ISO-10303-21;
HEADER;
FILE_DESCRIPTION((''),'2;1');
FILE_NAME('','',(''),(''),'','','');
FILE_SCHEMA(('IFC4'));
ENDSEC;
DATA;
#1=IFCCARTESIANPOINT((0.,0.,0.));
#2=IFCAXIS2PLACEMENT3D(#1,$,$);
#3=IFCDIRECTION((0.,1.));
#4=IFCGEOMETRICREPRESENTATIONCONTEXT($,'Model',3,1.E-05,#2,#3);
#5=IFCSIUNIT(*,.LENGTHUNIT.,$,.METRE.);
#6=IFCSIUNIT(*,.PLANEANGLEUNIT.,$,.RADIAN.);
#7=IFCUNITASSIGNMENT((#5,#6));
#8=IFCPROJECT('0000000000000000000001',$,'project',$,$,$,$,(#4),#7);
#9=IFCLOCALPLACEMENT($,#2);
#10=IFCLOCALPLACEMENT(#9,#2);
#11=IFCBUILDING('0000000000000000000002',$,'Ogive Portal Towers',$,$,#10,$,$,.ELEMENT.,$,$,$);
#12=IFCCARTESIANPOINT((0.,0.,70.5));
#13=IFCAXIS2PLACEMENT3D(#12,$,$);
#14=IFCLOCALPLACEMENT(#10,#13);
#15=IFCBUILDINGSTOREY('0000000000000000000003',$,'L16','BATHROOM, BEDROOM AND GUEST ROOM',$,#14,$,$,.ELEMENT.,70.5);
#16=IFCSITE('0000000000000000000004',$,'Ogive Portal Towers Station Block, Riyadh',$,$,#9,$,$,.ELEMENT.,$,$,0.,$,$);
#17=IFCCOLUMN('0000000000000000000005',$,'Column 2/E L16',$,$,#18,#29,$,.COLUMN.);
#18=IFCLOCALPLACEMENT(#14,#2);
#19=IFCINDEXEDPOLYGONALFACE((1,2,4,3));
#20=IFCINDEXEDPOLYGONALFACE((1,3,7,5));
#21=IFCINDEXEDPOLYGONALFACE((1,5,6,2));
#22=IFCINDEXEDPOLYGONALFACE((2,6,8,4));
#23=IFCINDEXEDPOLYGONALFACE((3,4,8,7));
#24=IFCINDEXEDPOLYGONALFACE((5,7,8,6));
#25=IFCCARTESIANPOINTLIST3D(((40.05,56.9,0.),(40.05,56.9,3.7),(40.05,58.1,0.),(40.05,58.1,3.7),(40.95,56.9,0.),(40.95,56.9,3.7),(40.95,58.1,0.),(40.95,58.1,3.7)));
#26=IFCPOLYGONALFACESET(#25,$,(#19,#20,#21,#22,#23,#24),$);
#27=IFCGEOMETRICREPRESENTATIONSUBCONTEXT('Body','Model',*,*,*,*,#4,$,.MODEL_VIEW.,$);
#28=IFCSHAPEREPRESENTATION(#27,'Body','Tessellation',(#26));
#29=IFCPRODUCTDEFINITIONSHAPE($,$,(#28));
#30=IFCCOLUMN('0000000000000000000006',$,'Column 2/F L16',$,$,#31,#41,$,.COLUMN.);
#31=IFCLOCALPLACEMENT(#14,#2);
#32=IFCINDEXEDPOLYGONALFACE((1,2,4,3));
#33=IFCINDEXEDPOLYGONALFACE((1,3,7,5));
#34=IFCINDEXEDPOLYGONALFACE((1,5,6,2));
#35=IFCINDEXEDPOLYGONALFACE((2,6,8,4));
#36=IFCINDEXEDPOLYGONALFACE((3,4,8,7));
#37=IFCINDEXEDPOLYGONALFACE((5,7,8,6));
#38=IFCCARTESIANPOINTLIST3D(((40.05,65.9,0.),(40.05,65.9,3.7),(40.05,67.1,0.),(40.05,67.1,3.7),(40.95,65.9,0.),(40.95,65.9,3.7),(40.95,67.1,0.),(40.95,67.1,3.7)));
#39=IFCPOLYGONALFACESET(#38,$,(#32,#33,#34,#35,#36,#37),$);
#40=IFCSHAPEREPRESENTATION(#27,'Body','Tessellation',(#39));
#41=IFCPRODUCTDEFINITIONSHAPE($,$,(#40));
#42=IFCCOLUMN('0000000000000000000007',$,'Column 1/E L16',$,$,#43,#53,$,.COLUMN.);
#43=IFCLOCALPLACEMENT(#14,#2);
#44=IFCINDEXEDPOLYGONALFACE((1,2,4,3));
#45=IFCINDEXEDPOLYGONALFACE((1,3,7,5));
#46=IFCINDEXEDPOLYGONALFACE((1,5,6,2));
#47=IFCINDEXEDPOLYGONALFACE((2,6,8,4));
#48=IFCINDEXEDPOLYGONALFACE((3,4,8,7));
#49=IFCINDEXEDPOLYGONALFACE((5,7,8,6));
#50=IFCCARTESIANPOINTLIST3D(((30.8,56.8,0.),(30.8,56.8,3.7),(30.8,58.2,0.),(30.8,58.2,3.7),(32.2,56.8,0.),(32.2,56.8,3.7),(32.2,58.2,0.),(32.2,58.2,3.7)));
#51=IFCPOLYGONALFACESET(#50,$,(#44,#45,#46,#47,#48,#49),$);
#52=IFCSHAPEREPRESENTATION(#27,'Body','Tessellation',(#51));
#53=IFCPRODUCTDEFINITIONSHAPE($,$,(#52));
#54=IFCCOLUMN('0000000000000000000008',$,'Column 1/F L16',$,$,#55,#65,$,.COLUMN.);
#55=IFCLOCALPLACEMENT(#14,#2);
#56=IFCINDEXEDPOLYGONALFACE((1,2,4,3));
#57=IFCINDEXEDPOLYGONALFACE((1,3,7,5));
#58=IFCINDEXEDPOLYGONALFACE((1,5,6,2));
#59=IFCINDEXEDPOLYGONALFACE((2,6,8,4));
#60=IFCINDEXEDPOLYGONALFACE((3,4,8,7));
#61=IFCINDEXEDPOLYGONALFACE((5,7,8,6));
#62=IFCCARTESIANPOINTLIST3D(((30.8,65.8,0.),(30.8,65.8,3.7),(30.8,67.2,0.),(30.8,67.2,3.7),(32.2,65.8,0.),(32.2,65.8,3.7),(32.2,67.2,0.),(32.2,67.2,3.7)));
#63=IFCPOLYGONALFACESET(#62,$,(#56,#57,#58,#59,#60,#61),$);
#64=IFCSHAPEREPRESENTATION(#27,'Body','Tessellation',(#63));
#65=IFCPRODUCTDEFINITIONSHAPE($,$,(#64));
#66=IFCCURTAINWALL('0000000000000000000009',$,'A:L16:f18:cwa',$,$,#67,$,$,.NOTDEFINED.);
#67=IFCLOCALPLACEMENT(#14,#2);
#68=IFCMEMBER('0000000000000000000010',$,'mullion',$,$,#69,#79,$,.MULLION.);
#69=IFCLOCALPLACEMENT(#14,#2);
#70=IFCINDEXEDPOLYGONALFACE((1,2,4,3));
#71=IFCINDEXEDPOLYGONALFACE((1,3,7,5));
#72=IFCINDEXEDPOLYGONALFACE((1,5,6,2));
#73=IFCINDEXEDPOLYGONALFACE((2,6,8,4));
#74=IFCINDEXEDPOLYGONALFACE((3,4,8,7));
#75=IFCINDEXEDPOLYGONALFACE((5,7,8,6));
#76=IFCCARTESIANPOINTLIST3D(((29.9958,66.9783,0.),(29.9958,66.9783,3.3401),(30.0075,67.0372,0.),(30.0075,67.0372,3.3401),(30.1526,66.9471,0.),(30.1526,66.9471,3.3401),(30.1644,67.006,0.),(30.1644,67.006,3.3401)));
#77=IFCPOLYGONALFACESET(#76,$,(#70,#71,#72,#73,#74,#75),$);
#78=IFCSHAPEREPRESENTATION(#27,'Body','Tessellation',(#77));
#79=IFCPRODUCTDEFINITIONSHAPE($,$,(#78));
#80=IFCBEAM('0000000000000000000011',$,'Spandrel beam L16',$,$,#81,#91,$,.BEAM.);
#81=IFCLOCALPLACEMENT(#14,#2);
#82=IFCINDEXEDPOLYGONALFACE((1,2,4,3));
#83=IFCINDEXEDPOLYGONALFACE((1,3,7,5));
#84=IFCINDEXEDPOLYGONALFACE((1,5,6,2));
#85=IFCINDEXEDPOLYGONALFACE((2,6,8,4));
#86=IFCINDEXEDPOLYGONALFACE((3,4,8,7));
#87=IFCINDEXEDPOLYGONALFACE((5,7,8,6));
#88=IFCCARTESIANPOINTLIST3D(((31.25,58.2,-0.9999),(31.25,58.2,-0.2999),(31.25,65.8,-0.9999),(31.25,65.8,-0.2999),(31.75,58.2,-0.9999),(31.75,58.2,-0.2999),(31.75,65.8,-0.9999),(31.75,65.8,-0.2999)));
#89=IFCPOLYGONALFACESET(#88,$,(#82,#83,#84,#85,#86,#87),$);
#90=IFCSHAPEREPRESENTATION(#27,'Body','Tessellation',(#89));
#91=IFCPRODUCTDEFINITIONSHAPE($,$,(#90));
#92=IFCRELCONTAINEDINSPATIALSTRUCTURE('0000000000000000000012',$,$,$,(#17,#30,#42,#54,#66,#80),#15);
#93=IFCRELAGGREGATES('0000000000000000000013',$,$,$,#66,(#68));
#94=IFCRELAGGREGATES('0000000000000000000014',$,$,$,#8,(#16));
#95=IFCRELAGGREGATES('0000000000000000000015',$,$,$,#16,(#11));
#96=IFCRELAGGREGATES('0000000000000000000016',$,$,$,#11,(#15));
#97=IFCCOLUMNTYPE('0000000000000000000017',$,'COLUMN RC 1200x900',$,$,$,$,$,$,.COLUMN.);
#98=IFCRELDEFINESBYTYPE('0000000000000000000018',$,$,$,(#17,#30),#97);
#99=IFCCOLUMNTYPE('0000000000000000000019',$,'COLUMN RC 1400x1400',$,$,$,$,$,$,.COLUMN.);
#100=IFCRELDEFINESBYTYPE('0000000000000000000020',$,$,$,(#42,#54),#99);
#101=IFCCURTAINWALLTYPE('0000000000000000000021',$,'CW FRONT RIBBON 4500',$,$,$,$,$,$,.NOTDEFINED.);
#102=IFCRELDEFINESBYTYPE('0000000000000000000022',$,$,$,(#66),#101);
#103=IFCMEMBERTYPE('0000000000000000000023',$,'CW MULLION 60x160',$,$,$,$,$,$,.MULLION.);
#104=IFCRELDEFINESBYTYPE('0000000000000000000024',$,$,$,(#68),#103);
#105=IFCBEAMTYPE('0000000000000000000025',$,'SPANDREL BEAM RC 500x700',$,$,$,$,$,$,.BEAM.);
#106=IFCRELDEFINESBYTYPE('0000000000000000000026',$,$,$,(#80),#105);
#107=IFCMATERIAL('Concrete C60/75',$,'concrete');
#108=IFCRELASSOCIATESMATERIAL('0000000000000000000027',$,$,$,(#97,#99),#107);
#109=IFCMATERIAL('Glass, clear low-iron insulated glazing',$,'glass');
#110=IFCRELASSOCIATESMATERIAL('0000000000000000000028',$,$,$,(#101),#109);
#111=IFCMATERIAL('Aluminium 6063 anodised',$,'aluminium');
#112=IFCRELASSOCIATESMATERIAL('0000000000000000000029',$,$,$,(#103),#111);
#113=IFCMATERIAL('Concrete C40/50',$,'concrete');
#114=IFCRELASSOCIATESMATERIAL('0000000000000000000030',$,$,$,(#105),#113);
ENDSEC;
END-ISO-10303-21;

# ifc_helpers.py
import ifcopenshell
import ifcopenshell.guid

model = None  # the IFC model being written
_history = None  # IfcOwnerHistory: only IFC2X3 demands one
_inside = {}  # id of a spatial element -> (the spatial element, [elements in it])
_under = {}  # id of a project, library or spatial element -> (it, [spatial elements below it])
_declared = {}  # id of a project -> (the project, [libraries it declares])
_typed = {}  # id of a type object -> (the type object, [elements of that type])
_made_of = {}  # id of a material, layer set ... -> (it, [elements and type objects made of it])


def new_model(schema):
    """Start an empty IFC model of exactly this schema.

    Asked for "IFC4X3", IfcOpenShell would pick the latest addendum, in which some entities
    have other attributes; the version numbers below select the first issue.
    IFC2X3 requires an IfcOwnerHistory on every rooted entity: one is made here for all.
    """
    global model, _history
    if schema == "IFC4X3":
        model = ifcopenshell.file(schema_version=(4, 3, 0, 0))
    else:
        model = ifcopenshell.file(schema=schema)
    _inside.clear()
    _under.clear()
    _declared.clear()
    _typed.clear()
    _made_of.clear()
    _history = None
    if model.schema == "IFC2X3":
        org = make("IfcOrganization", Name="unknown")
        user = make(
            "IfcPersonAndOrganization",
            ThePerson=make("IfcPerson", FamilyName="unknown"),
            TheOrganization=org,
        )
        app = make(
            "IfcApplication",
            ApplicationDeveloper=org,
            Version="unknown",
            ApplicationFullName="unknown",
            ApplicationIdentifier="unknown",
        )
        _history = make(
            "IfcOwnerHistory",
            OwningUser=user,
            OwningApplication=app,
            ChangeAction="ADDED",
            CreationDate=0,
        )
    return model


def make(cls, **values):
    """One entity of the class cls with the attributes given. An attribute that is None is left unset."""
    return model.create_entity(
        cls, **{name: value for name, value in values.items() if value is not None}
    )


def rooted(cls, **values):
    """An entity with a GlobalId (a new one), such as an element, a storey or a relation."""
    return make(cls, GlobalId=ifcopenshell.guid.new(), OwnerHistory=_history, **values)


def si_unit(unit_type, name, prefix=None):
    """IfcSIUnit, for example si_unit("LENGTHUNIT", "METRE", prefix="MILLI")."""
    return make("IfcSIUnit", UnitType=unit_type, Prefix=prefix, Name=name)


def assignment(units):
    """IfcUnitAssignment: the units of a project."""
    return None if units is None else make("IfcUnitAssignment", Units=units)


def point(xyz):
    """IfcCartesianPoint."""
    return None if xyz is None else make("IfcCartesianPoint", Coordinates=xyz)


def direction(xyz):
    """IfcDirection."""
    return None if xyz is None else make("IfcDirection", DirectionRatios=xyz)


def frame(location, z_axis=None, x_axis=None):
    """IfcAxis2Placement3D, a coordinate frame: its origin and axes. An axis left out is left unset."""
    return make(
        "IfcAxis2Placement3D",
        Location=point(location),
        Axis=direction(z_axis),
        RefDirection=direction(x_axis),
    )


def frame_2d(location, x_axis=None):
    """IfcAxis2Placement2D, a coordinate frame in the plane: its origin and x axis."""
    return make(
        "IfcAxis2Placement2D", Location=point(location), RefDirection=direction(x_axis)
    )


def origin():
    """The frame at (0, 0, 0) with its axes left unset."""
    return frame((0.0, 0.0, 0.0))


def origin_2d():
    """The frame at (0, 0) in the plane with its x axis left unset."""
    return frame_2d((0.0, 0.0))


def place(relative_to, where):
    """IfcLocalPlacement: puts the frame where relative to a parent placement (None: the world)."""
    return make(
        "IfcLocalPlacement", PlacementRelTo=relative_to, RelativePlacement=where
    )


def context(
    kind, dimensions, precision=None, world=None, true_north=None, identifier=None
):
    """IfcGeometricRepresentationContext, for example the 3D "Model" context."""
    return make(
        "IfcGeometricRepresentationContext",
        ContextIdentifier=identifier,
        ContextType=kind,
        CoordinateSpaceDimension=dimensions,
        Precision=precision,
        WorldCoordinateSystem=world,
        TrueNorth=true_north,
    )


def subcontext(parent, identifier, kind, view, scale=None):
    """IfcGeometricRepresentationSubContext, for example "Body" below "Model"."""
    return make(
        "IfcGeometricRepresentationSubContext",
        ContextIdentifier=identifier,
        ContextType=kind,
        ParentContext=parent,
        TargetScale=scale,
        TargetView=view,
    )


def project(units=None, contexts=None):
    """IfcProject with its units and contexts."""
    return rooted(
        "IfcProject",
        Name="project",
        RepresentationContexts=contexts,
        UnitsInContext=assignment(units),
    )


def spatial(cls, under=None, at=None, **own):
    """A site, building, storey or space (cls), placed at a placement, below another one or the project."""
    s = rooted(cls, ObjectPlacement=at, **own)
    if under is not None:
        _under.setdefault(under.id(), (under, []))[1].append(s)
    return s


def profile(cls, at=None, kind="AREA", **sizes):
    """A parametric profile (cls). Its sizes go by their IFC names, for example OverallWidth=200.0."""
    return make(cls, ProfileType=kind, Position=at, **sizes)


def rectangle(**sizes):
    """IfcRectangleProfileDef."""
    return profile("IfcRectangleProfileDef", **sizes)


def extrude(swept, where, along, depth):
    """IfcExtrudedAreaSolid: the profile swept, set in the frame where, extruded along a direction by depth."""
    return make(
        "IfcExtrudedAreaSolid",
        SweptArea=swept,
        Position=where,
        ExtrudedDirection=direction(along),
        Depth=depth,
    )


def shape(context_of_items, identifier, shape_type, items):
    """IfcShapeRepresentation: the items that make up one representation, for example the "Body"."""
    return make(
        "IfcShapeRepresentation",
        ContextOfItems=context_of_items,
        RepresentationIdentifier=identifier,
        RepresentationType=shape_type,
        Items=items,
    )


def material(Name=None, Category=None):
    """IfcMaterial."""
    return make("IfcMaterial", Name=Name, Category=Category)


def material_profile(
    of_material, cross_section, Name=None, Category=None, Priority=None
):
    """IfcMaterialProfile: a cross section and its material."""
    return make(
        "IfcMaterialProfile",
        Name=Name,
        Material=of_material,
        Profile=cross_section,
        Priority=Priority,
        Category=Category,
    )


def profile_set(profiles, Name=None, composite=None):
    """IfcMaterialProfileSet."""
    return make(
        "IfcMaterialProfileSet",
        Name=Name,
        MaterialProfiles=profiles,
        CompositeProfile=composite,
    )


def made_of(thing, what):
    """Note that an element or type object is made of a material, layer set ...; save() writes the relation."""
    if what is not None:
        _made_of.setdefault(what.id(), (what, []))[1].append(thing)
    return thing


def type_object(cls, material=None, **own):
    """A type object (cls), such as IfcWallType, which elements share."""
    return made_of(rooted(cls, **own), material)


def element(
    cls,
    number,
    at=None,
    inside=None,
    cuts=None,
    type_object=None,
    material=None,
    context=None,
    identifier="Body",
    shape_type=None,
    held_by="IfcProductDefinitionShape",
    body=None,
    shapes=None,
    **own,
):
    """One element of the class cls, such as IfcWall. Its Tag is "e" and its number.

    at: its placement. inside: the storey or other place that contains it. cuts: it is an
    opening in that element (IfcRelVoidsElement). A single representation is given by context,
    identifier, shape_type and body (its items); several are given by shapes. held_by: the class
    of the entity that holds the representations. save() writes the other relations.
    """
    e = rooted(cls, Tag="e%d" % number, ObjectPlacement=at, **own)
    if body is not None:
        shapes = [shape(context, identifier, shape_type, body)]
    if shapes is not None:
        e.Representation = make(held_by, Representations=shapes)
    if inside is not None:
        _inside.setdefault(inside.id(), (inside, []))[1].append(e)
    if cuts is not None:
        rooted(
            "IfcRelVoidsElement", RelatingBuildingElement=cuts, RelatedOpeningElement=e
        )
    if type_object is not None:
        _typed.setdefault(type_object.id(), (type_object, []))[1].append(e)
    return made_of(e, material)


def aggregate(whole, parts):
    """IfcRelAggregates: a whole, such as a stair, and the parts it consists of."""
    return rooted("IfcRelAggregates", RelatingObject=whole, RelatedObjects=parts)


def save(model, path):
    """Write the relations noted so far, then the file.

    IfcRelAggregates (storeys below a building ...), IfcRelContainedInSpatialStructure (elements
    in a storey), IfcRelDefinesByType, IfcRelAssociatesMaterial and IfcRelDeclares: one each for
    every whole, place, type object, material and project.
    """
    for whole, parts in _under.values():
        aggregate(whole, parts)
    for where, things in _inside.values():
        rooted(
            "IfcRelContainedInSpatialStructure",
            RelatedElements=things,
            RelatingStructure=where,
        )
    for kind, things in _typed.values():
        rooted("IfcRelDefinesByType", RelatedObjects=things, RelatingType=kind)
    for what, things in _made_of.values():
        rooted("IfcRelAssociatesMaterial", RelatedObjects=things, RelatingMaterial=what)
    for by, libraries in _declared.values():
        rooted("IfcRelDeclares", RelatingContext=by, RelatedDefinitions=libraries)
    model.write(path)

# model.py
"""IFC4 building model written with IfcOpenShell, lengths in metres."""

from ifc_helpers import new_model, si_unit, direction, frame, origin, origin_2d, place, context, subcontext, project, spatial, rectangle, extrude, material, material_profile, profile_set, type_object, element, aggregate, save


model = new_model("IFC4")

# Units and contexts
model_context = context("Model", 3, precision=1e-05, world=origin(), true_north=direction((0.0, 1.0)))
body_context = subcontext(model_context, "Body", "Model", "MODEL_VIEW")
ifc_project = project(units=[si_unit("LENGTHUNIT", "METRE"), si_unit("PLANEANGLEUNIT", "RADIAN")], contexts=[model_context])

# Site, building, storey
site_placement = place(None, origin())
site = spatial("IfcSite", under=ifc_project, at=site_placement, Name="Ogive Portal Towers Station Block, Riyadh", CompositionType="ELEMENT", RefElevation=0.0)
building_placement = place(site_placement, origin())
building = spatial("IfcBuilding", under=site, at=building_placement, Name="Ogive Portal Towers", CompositionType="ELEMENT")
storey_placement = place(building_placement, frame((0.0, 0.0, 70.5)))
storey = spatial("IfcBuildingStorey", under=building, at=storey_placement, Name="L16", Description="BATHROOM, BEDROOM AND GUEST ROOM", CompositionType="ELEMENT", Elevation=70.5)

# Columns
ifc_material_1 = material(Name="Concrete C60/75", Category="concrete")
ifc_material_profile_1 = material_profile(ifc_material_1, rectangle(XDim=1.2, YDim=0.8999, at=origin_2d()), Name="RC 1200x900")
ifc_profile_set_1 = profile_set([ifc_material_profile_1], Name="Concrete C60/75")
column_type_1 = type_object("IfcColumnType", Name="COLUMN RC 1200x900", PredefinedType="COLUMN", material=ifc_profile_set_1)
for number, where, z_axis, x_axis, name in (
    (1, (40.5, 57.5, 0.0), (0.0, 0.0, 1.0), (0.0, 1.0, 0.0), "Column 2/E L16"),
    (2, (40.5, 66.5, 0.0), (0.0, 0.0, 1.0), (0.0, 1.0, 0.0), "Column 2/F L16"),
):
    element("IfcColumn", number, at=place(storey_placement, frame(where, z_axis=z_axis, x_axis=x_axis)), inside=storey, type_object=column_type_1, Name=name, PredefinedType="COLUMN", context=body_context, shape_type="SweptSolid", body=[
        extrude(rectangle(XDim=1.2, YDim=0.8999, at=origin_2d()), origin(), (0.0, 0.0, 1.0), 3.7),
    ])
ifc_material_profile_2 = material_profile(ifc_material_1, rectangle(XDim=1.3999, YDim=1.3999, at=origin_2d()), Name="RC 1400x1400")
ifc_profile_set_2 = profile_set([ifc_material_profile_2], Name="Concrete C60/75")
column_type_2 = type_object("IfcColumnType", Name="COLUMN RC 1400x1400", PredefinedType="COLUMN", material=ifc_profile_set_2)
for number, where, z_axis, x_axis, name in (
    (3, (31.5, 57.5, 0.0), (0.0, 0.0, 1.0), (1.0, 0.0, 0.0), "Column 1/E L16"),
    (4, (31.5, 66.5, 0.0), (0.0, 0.0, 1.0), (1.0, 0.0, 0.0), "Column 1/F L16"),
):
    element("IfcColumn", number, at=place(storey_placement, frame(where, z_axis=z_axis, x_axis=x_axis)), inside=storey, type_object=column_type_2, Name=name, PredefinedType="COLUMN", context=body_context, shape_type="SweptSolid", body=[
        extrude(rectangle(XDim=1.3999, YDim=1.3999, at=origin_2d()), origin(), (0.0, 0.0, 1.0), 3.7),
    ])

# Curtain wall, member
ifc_material_2 = material(Name="Glass, clear low-iron insulated glazing", Category="glass")
curtain_wall_type = type_object("IfcCurtainWallType", Name="CW FRONT RIBBON 4500", PredefinedType="NOTDEFINED", material=ifc_material_2)
curtain_wall_placement = place(storey_placement, origin())
curtain_wall = element("IfcCurtainWall", 5, at=curtain_wall_placement, inside=storey, type_object=curtain_wall_type, Name="A:L16:f18:cwa", PredefinedType="NOTDEFINED")
ifc_material_3 = material(Name="Aluminium 6063 anodised", Category="aluminium")
ifc_material_profile_3 = material_profile(ifc_material_3, rectangle(XDim=0.1599, YDim=0.0601, at=origin_2d()), Name="AL 60x160")
ifc_profile_set_3 = profile_set([ifc_material_profile_3], Name="Aluminium 6063 anodised")
member_type = type_object("IfcMemberType", Name="CW MULLION 60x160", PredefinedType="MULLION", material=ifc_profile_set_3)
member_placement = place(storey_placement, frame((30.0801, 66.9922, 0.0), z_axis=(0.0, 0.0, 1.0), x_axis=(0.980785, -0.19509, 0.0)))
member = element("IfcMember", 6, at=member_placement, type_object=member_type, Name="mullion", PredefinedType="MULLION", context=body_context, shape_type="SweptSolid", body=[
    extrude(rectangle(XDim=0.1599, YDim=0.0601, at=origin_2d()), origin(), (0.0, 0.0, 1.0), 3.3401),
])
aggregate(curtain_wall, [member])

# Beam
ifc_material_4 = material(Name="Concrete C40/50", Category="concrete")
ifc_material_profile_4 = material_profile(ifc_material_4, rectangle(XDim=0.5, YDim=0.7, at=origin_2d()), Name="RC 500x700")
ifc_profile_set_4 = profile_set([ifc_material_profile_4], Name="Concrete C40/50")
beam_type = type_object("IfcBeamType", Name="SPANDREL BEAM RC 500x700", PredefinedType="BEAM", material=ifc_profile_set_4)
beam_placement = place(storey_placement, frame((31.5, 58.2, -0.6499), z_axis=(0.0, 1.0, 0.0), x_axis=(-1.0, 0.0, 0.0)))
element("IfcBeam", 7, at=beam_placement, inside=storey, type_object=beam_type, Name="Spandrel beam L16", PredefinedType="BEAM", context=body_context, shape_type="SweptSolid", body=[
    extrude(rectangle(XDim=0.5, YDim=0.7, at=origin_2d()), origin(), (0.0, 0.0, 1.0), 7.6001),
])

save(model, "model.ifc")
